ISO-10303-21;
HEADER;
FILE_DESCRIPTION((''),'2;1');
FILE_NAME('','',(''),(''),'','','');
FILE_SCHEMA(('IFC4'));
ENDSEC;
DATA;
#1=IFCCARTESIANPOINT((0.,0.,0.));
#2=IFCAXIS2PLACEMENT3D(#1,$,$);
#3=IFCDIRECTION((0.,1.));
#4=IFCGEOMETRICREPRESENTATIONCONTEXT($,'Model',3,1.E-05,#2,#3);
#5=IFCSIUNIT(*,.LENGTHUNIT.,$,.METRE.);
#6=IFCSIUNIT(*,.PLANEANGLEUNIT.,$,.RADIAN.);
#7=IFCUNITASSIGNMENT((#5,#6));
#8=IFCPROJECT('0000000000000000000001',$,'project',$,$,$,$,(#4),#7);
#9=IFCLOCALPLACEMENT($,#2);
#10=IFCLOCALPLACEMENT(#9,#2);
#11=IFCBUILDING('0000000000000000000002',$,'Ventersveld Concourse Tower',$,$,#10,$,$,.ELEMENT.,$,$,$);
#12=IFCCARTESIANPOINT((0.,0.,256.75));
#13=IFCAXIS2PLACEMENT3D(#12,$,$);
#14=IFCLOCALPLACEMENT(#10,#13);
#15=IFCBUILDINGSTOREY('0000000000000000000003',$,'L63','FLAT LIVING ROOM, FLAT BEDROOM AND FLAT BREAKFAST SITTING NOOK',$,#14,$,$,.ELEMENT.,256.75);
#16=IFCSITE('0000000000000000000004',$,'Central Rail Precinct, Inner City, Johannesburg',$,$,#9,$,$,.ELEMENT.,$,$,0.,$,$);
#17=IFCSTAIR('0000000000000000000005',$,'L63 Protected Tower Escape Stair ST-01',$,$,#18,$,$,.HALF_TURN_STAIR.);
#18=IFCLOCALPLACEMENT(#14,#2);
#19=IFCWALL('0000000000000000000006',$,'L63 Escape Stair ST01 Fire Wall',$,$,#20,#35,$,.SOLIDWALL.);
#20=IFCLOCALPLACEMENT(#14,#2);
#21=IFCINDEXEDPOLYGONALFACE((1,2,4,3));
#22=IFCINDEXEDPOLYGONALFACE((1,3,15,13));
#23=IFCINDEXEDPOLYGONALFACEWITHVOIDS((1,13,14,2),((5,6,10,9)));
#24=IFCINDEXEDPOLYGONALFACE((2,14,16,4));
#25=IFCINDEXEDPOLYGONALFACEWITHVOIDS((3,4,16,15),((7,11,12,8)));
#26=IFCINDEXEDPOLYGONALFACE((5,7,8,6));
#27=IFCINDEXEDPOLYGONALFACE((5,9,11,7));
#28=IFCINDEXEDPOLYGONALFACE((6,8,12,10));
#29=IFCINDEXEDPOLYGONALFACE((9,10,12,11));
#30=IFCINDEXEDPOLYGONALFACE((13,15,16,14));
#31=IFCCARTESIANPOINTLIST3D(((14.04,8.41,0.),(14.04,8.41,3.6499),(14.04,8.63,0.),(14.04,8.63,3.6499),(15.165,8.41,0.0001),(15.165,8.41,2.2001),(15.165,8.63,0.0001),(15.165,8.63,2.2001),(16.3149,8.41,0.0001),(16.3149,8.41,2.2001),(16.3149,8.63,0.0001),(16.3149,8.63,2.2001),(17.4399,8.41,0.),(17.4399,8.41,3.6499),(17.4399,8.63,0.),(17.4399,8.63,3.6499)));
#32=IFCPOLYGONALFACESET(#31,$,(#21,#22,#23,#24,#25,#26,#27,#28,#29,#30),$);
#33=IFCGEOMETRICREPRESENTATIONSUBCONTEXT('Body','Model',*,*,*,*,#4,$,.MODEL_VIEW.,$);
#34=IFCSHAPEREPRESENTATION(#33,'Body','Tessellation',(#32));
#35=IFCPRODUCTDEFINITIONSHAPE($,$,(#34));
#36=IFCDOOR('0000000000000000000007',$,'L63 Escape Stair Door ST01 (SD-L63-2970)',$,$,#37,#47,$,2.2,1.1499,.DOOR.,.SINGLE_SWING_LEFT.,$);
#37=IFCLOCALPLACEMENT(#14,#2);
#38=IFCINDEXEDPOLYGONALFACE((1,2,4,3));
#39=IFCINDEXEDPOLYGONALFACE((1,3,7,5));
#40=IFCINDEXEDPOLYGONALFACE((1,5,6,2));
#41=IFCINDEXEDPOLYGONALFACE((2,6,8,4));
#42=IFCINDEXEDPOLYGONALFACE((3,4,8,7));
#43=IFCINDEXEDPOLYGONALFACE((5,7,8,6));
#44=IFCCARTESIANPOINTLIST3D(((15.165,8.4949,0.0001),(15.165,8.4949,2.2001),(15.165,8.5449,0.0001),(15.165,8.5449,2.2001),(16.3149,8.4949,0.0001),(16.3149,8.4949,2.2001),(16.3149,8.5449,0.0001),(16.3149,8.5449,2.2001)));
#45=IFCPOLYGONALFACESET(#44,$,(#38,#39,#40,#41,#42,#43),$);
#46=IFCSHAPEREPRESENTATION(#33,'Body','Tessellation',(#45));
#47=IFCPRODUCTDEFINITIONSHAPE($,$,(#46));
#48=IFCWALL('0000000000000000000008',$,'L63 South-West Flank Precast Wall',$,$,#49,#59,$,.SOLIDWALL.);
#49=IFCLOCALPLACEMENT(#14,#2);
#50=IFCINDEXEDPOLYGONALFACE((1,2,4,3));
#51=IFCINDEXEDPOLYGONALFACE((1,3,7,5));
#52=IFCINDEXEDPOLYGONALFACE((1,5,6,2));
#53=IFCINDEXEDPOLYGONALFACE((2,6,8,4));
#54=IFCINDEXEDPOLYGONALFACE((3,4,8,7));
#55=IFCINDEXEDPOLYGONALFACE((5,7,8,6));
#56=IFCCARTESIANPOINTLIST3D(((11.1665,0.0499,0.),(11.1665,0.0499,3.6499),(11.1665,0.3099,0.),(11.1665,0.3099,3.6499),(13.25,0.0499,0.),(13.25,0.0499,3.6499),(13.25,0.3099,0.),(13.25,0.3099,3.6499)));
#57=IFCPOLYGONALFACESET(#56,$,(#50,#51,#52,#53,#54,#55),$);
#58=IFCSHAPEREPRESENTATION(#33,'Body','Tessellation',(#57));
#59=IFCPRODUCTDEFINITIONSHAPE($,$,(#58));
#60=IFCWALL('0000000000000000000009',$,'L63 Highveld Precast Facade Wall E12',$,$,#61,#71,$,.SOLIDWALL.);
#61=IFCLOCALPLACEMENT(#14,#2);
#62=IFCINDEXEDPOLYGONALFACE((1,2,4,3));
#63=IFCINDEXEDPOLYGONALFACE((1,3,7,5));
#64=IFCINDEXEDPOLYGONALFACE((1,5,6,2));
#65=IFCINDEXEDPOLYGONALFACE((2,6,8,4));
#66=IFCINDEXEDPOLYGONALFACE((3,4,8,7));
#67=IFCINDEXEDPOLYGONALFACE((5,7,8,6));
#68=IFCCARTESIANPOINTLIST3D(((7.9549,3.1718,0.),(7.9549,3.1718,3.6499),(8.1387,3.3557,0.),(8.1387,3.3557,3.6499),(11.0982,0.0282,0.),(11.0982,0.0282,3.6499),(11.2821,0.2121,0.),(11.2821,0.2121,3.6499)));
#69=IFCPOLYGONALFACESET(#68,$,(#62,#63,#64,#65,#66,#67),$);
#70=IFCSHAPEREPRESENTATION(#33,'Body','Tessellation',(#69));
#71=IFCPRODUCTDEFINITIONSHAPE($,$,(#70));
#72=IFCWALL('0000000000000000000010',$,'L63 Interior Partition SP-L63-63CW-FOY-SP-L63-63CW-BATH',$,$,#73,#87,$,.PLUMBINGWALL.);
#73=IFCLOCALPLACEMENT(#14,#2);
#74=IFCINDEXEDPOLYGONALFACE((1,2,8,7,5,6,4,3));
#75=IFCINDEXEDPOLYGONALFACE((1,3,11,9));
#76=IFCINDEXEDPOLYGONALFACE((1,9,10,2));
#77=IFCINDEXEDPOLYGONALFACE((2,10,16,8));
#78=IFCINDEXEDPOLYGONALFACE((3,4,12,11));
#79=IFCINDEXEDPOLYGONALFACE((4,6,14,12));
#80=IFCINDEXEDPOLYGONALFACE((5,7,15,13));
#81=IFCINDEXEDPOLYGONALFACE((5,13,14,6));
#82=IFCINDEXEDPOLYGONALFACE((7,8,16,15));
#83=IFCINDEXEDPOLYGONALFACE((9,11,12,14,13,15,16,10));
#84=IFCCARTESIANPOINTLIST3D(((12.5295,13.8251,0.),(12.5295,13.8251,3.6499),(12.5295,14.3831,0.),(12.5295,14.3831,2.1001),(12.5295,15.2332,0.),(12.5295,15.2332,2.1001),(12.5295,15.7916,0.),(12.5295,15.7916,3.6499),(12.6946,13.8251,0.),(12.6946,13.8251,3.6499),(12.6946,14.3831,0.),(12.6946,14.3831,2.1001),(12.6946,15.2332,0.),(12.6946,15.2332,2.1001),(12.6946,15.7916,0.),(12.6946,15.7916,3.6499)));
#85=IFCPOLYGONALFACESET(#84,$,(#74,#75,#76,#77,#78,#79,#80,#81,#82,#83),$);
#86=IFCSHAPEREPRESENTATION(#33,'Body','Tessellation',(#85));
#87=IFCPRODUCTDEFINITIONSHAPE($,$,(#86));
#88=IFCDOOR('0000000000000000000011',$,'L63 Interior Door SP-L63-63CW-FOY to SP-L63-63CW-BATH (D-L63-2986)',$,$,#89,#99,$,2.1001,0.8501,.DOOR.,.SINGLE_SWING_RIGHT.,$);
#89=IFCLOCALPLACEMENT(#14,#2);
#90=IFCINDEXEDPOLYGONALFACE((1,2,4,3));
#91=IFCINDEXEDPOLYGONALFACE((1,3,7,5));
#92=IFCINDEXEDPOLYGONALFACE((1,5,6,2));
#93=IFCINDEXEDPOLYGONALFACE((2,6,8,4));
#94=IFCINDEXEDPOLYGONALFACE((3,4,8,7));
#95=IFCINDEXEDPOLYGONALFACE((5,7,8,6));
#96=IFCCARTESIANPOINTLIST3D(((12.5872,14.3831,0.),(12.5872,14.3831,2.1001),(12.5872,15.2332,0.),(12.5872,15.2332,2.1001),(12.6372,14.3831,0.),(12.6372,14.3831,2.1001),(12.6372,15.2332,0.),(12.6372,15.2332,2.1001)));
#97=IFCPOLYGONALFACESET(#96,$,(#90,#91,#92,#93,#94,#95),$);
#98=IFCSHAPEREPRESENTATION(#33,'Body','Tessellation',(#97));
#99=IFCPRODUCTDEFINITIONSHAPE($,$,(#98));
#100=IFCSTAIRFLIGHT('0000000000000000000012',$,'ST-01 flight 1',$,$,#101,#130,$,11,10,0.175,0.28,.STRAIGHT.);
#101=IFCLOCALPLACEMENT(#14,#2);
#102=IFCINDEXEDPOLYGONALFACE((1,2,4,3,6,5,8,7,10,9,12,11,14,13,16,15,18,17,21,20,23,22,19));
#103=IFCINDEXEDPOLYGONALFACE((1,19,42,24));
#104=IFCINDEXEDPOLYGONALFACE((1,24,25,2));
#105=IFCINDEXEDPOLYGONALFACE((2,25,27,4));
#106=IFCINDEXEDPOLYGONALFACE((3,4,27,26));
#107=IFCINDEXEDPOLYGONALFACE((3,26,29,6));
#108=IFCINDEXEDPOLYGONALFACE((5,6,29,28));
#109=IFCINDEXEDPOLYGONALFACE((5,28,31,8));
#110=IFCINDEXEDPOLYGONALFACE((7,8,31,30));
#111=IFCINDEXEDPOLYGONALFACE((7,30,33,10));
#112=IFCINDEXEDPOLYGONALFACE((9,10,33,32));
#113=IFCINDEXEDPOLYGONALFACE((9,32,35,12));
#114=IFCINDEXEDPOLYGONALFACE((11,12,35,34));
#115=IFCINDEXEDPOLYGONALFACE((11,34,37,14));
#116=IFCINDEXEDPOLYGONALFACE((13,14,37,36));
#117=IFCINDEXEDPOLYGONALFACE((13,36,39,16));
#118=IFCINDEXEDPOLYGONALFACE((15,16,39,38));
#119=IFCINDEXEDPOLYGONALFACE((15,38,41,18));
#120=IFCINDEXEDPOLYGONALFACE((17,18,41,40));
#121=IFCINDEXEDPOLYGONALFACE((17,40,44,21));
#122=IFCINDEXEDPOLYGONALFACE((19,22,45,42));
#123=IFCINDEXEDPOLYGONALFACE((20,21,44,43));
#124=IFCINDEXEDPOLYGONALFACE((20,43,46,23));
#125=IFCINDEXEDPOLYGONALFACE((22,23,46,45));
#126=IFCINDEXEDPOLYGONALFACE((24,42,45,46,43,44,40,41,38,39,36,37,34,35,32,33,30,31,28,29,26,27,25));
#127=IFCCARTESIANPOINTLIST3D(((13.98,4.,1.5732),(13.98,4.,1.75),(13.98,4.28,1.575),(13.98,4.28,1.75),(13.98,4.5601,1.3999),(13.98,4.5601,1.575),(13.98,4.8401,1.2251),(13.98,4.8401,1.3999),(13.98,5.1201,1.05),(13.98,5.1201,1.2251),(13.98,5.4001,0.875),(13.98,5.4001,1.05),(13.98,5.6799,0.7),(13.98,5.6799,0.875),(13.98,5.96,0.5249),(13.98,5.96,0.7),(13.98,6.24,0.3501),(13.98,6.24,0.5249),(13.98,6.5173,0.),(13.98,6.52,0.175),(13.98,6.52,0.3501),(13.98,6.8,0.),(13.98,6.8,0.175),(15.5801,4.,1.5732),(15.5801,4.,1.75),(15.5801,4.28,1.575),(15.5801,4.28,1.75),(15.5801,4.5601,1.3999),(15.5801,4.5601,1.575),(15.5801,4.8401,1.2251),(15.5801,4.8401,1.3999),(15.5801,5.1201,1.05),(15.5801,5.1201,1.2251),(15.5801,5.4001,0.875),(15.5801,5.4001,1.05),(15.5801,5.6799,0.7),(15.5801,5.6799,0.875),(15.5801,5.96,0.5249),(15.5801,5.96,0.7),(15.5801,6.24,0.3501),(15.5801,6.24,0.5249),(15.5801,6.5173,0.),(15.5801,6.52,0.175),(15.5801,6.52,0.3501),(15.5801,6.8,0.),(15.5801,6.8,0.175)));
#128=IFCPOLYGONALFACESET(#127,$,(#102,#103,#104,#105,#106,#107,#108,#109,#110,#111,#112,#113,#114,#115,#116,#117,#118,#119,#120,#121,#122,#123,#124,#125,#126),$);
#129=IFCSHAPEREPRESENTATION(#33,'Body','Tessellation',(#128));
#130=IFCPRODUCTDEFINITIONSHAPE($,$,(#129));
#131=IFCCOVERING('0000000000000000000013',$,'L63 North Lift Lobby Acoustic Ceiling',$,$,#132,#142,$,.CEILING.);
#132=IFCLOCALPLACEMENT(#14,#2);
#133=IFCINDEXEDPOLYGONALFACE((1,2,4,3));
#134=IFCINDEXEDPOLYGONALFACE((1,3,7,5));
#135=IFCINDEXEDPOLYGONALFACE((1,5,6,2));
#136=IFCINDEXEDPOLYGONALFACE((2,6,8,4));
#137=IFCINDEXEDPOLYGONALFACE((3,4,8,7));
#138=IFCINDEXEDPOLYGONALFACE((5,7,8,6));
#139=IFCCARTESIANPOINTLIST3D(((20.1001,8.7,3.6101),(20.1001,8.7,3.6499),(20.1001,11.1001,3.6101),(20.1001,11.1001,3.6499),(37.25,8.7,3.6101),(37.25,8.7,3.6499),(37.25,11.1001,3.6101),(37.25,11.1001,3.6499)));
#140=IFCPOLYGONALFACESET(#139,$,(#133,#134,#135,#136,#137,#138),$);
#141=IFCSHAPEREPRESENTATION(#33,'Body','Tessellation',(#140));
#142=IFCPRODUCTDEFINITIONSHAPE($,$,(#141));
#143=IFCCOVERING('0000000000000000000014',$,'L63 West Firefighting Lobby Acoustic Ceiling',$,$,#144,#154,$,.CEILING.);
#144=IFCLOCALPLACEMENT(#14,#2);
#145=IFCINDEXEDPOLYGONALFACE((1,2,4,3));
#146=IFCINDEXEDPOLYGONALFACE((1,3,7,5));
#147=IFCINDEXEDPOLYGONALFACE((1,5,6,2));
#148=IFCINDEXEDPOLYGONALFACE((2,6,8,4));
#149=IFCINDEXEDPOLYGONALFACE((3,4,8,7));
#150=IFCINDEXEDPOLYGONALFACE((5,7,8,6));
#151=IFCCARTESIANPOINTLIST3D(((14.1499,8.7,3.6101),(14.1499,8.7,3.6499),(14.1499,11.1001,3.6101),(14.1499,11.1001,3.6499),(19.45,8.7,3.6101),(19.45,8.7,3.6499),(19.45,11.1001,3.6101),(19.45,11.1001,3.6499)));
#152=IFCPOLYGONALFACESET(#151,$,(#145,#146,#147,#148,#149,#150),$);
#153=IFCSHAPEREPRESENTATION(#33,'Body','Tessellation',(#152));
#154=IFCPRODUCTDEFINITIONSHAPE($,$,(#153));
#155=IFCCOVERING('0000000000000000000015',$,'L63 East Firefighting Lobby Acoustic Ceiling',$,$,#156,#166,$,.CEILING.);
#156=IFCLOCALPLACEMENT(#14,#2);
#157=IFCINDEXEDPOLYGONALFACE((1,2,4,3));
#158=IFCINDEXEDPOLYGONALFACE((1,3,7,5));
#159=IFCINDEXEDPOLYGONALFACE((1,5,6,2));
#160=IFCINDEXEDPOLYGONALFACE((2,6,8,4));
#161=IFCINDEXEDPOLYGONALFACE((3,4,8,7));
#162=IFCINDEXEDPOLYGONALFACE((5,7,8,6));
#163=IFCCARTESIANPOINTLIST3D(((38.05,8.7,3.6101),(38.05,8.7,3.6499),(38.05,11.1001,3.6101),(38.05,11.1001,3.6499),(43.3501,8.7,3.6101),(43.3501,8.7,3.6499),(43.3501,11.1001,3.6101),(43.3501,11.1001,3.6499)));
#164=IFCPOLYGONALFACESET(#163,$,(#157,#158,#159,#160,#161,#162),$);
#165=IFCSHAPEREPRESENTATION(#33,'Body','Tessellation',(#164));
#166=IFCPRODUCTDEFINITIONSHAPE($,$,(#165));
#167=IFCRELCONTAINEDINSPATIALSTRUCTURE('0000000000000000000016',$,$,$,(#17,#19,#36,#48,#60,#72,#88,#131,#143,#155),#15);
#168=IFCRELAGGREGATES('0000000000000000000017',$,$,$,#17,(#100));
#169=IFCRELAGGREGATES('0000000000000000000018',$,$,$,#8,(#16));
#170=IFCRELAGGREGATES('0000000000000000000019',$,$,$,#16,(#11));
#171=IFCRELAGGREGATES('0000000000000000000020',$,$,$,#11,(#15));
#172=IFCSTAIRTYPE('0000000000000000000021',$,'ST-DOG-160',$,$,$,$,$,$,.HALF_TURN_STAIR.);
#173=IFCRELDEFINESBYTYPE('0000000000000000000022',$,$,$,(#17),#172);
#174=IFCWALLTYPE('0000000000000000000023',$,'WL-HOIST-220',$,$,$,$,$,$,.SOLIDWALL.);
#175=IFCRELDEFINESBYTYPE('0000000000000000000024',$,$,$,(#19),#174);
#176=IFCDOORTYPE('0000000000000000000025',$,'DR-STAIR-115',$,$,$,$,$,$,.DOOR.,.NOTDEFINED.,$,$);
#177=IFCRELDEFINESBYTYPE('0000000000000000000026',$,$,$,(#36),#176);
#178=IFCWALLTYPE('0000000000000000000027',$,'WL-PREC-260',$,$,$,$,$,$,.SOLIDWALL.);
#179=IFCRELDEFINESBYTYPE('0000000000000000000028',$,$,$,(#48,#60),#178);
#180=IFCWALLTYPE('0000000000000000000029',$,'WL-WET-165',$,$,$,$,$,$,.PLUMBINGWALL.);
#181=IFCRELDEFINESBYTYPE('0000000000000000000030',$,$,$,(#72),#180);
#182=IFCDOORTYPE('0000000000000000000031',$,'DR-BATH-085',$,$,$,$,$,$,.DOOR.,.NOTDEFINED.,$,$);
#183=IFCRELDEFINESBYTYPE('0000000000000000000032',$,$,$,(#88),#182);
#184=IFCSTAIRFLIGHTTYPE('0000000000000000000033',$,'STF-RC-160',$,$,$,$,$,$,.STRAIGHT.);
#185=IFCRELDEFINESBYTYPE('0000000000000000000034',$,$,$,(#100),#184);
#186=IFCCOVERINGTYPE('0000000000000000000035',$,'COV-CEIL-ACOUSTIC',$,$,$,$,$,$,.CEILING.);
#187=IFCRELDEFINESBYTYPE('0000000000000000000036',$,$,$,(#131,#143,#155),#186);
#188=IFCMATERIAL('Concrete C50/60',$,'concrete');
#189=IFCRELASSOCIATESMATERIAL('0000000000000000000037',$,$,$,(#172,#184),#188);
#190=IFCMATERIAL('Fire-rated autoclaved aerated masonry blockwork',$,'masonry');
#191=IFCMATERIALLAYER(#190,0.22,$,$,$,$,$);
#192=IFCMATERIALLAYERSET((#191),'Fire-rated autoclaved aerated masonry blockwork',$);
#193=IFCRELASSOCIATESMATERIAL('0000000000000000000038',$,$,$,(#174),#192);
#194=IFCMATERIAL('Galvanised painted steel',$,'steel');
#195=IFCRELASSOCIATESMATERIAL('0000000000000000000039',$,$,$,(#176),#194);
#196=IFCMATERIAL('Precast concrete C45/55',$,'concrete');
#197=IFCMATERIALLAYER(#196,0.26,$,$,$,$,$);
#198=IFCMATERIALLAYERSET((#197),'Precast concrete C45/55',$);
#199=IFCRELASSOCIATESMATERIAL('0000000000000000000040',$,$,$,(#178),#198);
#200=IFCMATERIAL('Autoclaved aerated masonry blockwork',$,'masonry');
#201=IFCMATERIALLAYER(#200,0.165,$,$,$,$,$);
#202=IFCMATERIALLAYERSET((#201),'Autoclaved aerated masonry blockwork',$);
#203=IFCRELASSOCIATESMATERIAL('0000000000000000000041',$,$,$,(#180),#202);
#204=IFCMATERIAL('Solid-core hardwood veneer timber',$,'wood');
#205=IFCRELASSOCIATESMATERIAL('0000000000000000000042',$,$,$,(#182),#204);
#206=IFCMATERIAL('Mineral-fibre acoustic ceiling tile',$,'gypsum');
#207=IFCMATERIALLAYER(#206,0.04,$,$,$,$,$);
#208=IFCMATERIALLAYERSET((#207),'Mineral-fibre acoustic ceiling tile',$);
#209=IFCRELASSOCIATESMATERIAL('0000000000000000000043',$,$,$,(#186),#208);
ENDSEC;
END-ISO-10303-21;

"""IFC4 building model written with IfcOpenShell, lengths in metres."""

from ifc_helpers import new_model, si_unit, direction, frame, frame_2d, origin, place, context, subcontext, project, spatial, polyline, rectangle, outline, extrude, material, layer, layer_set, type_object, element, fill, aggregate, save


model = new_model("IFC4")

# Units and contexts
model_context = context("Model", 3, precision=1e-05, world=origin(), true_north=direction((0.0, 1.0)))
body_context = subcontext(model_context, "Body", "Model", "MODEL_VIEW")
ifc_project = project(units=[si_unit("LENGTHUNIT", "METRE"), si_unit("PLANEANGLEUNIT", "RADIAN")], contexts=[model_context])

# Site, building, storey
site_placement = place(None, origin())
site = spatial("IfcSite", under=ifc_project, at=site_placement, Name="Central Rail Precinct, Inner City, Johannesburg", CompositionType="ELEMENT", RefElevation=0.0)
building_placement = place(site_placement, origin())
building = spatial("IfcBuilding", under=site, at=building_placement, Name="Ventersveld Concourse Tower", CompositionType="ELEMENT")
storey_placement = place(building_placement, frame((0.0, 0.0, 256.75)))
storey = spatial("IfcBuildingStorey", under=building, at=storey_placement, Name="L63", Description="FLAT LIVING ROOM, FLAT BEDROOM AND FLAT BREAKFAST SITTING NOOK", CompositionType="ELEMENT", Elevation=256.75)

# Shared definitions
ifc_material_1 = material(Name="Concrete C50/60", Category="concrete")

# Stair
stair_type_1 = type_object("IfcStairType", Name="ST-DOG-160", PredefinedType="HALF_TURN_STAIR", material=ifc_material_1)
stair_1_placement = place(storey_placement, origin())
stair_1 = element("IfcStair", 1, at=stair_1_placement, inside=storey, type_object=stair_type_1, Name="L63 Protected Tower Escape Stair ST-01", PredefinedType="HALF_TURN_STAIR")

# Wall, opening, door
ifc_material_2 = material(Name="Fire-rated autoclaved aerated masonry blockwork", Category="masonry")
ifc_material_3 = material(Name="Solid-core hardwood veneer timber", Category="wood")
ifc_layer_1 = layer(ifc_material_2, 0.22)
ifc_layer_set_1 = layer_set([ifc_layer_1], Name="Fire-rated autoclaved aerated masonry blockwork")
wall_type_1 = type_object("IfcWallType", Name="WL-HOIST-220", PredefinedType="SOLIDWALL", material=ifc_layer_set_1)
wall_1_placement = place(storey_placement, frame((14.04, 8.52, 0.0), z_axis=(0.0, 0.0, 1.0), x_axis=(1.0, 0.0, 0.0)))
wall_1 = element("IfcWall", 2, at=wall_1_placement, inside=storey, type_object=wall_type_1, Name="L63 Escape Stair ST01 Fire Wall", PredefinedType="SOLIDWALL", context=body_context, shape_type="SweptSolid", body=[
    extrude(rectangle(XDim=3.3999, YDim=0.22, at=frame_2d((1.7, 0.0))), origin(), (0.0, 0.0, 1.0), 3.6499),
])
opening_1_placement = place(wall_1_placement, frame((1.125, 0.0, 0.0)))
opening_1 = element("IfcOpeningElement", 3, at=opening_1_placement, cuts=wall_1, PredefinedType="OPENING", context=body_context, shape_type="SweptSolid", body=[
    extrude(rectangle(XDim=1.1499, YDim=2.2, at=frame_2d((0.575, 1.1001))), frame((0.0, 0.1201, 0.0), z_axis=(0.0, -1.0, 0.0), x_axis=(1.0, 0.0, 0.0)), (0.0, 0.0, 1.0), 0.24),
])
ifc_material_4 = material(Name="Galvanised painted steel", Category="steel")
door_type_1 = type_object("IfcDoorType", Name="DR-STAIR-115", OperationType="NOTDEFINED", PredefinedType="DOOR", material=ifc_material_4)
door_1_placement = place(opening_1_placement, origin())
door_1 = element("IfcDoor", 4, at=door_1_placement, inside=storey, type_object=door_type_1, Name="L63 Escape Stair Door ST01 (SD-L63-2970)", OperationType="SINGLE_SWING_LEFT", OverallHeight=2.2, OverallWidth=1.1499, PredefinedType="DOOR", context=body_context, shape_type="SweptSolid", body=[
    extrude(rectangle(XDim=1.1499, YDim=2.2, at=frame_2d((0.575, 1.1001))), frame((0.0, 0.0249, 0.0), z_axis=(0.0, -1.0, 0.0), x_axis=(1.0, 0.0, 0.0)), (0.0, 0.0, 1.0), 0.05),
])
fill(opening_1, door_1)

# Walls
ifc_material_5 = material(Name="Precast concrete C45/55", Category="concrete")
ifc_layer_2 = layer(ifc_material_5, 0.26)
ifc_layer_set_2 = layer_set([ifc_layer_2], Name="Precast concrete C45/55")
wall_type_2 = type_object("IfcWallType", Name="WL-PREC-260", PredefinedType="SOLIDWALL", material=ifc_layer_set_2)
wall_2_placement = place(storey_placement, frame((11.1665, 0.1799, 0.0), z_axis=(0.0, 0.0, 1.0), x_axis=(1.0, 0.0, 0.0)))
element("IfcWall", 5, at=wall_2_placement, inside=storey, type_object=wall_type_2, Name="L63 South-West Flank Precast Wall", PredefinedType="SOLIDWALL", context=body_context, shape_type="SweptSolid", body=[
    extrude(rectangle(XDim=2.0835, YDim=0.26, at=frame_2d((1.0417, 0.0))), origin(), (0.0, 0.0, 1.0), 3.6499),
])
wall_3_placement = place(storey_placement, frame((8.0469, 3.2637, 0.0), z_axis=(0.0, 0.0, 1.0), x_axis=(0.707079, -0.707134, 0.0)))
element("IfcWall", 6, at=wall_3_placement, inside=storey, type_object=wall_type_2, Name="L63 Highveld Precast Facade Wall E12", PredefinedType="SOLIDWALL", context=body_context, shape_type="SweptSolid", body=[
    extrude(rectangle(XDim=4.4456, YDim=0.26, at=frame_2d((2.2227, 0.0))), origin(), (0.0, 0.0, 1.0), 3.6499),
])

# Wall, opening, door
ifc_material_6 = material(Name="Autoclaved aerated masonry blockwork", Category="masonry")
ifc_layer_3 = layer(ifc_material_6, 0.165)
ifc_layer_set_3 = layer_set([ifc_layer_3], Name="Autoclaved aerated masonry blockwork")
wall_type_3 = type_object("IfcWallType", Name="WL-WET-165", PredefinedType="PLUMBINGWALL", material=ifc_layer_set_3)
wall_4_placement = place(storey_placement, frame((12.6121, 13.825, 0.0), z_axis=(0.0, 0.0, 1.0), x_axis=(0.0, 1.0, 0.0)))
wall_4 = element("IfcWall", 7, at=wall_4_placement, inside=storey, type_object=wall_type_3, Name="L63 Interior Partition SP-L63-63CW-FOY-SP-L63-63CW-BATH", PredefinedType="PLUMBINGWALL", context=body_context, shape_type="SweptSolid", body=[
    extrude(rectangle(XDim=1.9666, YDim=0.165, at=frame_2d((0.9834, 0.0))), origin(), (0.0, 0.0, 1.0), 3.6499),
])
opening_2_placement = place(wall_4_placement, frame((0.5581, 0.0, 0.0)))
opening_2 = element("IfcOpeningElement", 8, at=opening_2_placement, cuts=wall_4, PredefinedType="OPENING", context=body_context, shape_type="SweptSolid", body=[
    extrude(rectangle(XDim=0.8501, YDim=2.1001, at=frame_2d((0.425, 1.05))), frame((0.0, 0.0925, 0.0), z_axis=(0.0, -1.0, 0.0), x_axis=(1.0, 0.0, 0.0)), (0.0, 0.0, 1.0), 0.1851),
])
door_type_2 = type_object("IfcDoorType", Name="DR-BATH-085", OperationType="NOTDEFINED", PredefinedType="DOOR", material=ifc_material_3)
door_2_placement = place(opening_2_placement, origin())
door_2 = element("IfcDoor", 9, at=door_2_placement, inside=storey, type_object=door_type_2, Name="L63 Interior Door SP-L63-63CW-FOY to SP-L63-63CW-BATH (D-L63-2986)", OperationType="SINGLE_SWING_RIGHT", OverallHeight=2.1001, OverallWidth=0.8501, PredefinedType="DOOR", context=body_context, shape_type="SweptSolid", body=[
    extrude(rectangle(XDim=0.8501, YDim=2.1001, at=frame_2d((0.425, 1.05))), frame((0.0, 0.0249, 0.0), z_axis=(0.0, -1.0, 0.0), x_axis=(1.0, 0.0, 0.0)), (0.0, 0.0, 1.0), 0.05),
])
fill(opening_2, door_2)

# Stair flight
stair_flight_type = type_object("IfcStairFlightType", Name="STF-RC-160", PredefinedType="STRAIGHT", material=ifc_material_1)
stair_flight_placement = place(storey_placement, frame((14.78, 6.8, 0.0), z_axis=(0.0, 0.0, 1.0), x_axis=(0.0, -1.0, 0.0)))
stair_flight = element("IfcStairFlight", 10, at=stair_flight_placement, type_object=stair_flight_type, Name="ST-01 flight 1", NumberOfRisers=11, NumberOfTreads=10, PredefinedType="STRAIGHT", RiserHeight=0.175, TreadLength=0.28, context=body_context, shape_type="SweptSolid", body=[
    extrude(outline(polyline([(0.0, 0.0), (0.0, 0.175), (0.28, 0.175), (0.28, 0.3501), (0.5601, 0.3501), (0.5601, 0.5249), (0.8401, 0.5249), (0.8401, 0.7), (1.1201, 0.7), (1.1201, 0.875), (1.3999, 0.875), (1.3999, 1.05), (1.6799, 1.05), (1.6799, 1.2251), (1.96, 1.2251), (1.96, 1.3999), (2.24, 1.3999), (2.24, 1.575), (2.52, 1.575), (2.52, 1.75), (2.8, 1.75), (2.8, 1.925), (2.8, 1.5732), (0.2827, 0.0), (0.0, 0.0)])), frame((0.0, 0.8, 0.0), z_axis=(0.0, -1.0, 0.0), x_axis=(1.0, 0.0, 0.0)), (0.0, 0.0, 1.0), 1.6001),
])
aggregate(stair_1, [stair_flight])

# Coverings
ifc_material_7 = material(Name="Mineral-fibre acoustic ceiling tile", Category="gypsum")
ifc_layer_4 = layer(ifc_material_7, 0.04)
ifc_layer_set_4 = layer_set([ifc_layer_4], Name="Mineral-fibre acoustic ceiling tile")
covering_type_1 = type_object("IfcCoveringType", Name="COV-CEIL-ACOUSTIC", PredefinedType="CEILING", material=ifc_layer_set_4)
covering_1_placement = place(storey_placement, frame((0.0, 0.0, 3.6101)))
element("IfcCovering", 11, at=covering_1_placement, inside=storey, type_object=covering_type_1, Name="L63 North Lift Lobby Acoustic Ceiling", PredefinedType="CEILING", context=body_context, shape_type="SweptSolid", body=[
    extrude(outline(polyline([(20.1001, 8.7), (37.25, 8.7), (37.25, 11.1001), (20.1001, 11.1001), (20.1001, 8.7)])), origin(), (0.0, 0.0, 1.0), 0.0398),
])
covering_2_placement = place(storey_placement, frame((0.0, 0.0, 3.6101)))
element("IfcCovering", 12, at=covering_2_placement, inside=storey, type_object=covering_type_1, Name="L63 West Firefighting Lobby Acoustic Ceiling", PredefinedType="CEILING", context=body_context, shape_type="SweptSolid", body=[
    extrude(outline(polyline([(14.1499, 8.7), (19.45, 8.7), (19.45, 11.1001), (14.1499, 11.1001), (14.1499, 8.7)])), origin(), (0.0, 0.0, 1.0), 0.0398),
])
covering_3_placement = place(storey_placement, frame((0.0, 0.0, 3.6101)))
element("IfcCovering", 13, at=covering_3_placement, inside=storey, type_object=covering_type_1, Name="L63 East Firefighting Lobby Acoustic Ceiling", PredefinedType="CEILING", context=body_context, shape_type="SweptSolid", body=[
    extrude(outline(polyline([(38.05, 8.7), (43.3501, 8.7), (43.3501, 11.1001), (38.05, 11.1001), (38.05, 8.7)])), origin(), (0.0, 0.0, 1.0), 0.0398),
])

save(model, "model.ifc")
